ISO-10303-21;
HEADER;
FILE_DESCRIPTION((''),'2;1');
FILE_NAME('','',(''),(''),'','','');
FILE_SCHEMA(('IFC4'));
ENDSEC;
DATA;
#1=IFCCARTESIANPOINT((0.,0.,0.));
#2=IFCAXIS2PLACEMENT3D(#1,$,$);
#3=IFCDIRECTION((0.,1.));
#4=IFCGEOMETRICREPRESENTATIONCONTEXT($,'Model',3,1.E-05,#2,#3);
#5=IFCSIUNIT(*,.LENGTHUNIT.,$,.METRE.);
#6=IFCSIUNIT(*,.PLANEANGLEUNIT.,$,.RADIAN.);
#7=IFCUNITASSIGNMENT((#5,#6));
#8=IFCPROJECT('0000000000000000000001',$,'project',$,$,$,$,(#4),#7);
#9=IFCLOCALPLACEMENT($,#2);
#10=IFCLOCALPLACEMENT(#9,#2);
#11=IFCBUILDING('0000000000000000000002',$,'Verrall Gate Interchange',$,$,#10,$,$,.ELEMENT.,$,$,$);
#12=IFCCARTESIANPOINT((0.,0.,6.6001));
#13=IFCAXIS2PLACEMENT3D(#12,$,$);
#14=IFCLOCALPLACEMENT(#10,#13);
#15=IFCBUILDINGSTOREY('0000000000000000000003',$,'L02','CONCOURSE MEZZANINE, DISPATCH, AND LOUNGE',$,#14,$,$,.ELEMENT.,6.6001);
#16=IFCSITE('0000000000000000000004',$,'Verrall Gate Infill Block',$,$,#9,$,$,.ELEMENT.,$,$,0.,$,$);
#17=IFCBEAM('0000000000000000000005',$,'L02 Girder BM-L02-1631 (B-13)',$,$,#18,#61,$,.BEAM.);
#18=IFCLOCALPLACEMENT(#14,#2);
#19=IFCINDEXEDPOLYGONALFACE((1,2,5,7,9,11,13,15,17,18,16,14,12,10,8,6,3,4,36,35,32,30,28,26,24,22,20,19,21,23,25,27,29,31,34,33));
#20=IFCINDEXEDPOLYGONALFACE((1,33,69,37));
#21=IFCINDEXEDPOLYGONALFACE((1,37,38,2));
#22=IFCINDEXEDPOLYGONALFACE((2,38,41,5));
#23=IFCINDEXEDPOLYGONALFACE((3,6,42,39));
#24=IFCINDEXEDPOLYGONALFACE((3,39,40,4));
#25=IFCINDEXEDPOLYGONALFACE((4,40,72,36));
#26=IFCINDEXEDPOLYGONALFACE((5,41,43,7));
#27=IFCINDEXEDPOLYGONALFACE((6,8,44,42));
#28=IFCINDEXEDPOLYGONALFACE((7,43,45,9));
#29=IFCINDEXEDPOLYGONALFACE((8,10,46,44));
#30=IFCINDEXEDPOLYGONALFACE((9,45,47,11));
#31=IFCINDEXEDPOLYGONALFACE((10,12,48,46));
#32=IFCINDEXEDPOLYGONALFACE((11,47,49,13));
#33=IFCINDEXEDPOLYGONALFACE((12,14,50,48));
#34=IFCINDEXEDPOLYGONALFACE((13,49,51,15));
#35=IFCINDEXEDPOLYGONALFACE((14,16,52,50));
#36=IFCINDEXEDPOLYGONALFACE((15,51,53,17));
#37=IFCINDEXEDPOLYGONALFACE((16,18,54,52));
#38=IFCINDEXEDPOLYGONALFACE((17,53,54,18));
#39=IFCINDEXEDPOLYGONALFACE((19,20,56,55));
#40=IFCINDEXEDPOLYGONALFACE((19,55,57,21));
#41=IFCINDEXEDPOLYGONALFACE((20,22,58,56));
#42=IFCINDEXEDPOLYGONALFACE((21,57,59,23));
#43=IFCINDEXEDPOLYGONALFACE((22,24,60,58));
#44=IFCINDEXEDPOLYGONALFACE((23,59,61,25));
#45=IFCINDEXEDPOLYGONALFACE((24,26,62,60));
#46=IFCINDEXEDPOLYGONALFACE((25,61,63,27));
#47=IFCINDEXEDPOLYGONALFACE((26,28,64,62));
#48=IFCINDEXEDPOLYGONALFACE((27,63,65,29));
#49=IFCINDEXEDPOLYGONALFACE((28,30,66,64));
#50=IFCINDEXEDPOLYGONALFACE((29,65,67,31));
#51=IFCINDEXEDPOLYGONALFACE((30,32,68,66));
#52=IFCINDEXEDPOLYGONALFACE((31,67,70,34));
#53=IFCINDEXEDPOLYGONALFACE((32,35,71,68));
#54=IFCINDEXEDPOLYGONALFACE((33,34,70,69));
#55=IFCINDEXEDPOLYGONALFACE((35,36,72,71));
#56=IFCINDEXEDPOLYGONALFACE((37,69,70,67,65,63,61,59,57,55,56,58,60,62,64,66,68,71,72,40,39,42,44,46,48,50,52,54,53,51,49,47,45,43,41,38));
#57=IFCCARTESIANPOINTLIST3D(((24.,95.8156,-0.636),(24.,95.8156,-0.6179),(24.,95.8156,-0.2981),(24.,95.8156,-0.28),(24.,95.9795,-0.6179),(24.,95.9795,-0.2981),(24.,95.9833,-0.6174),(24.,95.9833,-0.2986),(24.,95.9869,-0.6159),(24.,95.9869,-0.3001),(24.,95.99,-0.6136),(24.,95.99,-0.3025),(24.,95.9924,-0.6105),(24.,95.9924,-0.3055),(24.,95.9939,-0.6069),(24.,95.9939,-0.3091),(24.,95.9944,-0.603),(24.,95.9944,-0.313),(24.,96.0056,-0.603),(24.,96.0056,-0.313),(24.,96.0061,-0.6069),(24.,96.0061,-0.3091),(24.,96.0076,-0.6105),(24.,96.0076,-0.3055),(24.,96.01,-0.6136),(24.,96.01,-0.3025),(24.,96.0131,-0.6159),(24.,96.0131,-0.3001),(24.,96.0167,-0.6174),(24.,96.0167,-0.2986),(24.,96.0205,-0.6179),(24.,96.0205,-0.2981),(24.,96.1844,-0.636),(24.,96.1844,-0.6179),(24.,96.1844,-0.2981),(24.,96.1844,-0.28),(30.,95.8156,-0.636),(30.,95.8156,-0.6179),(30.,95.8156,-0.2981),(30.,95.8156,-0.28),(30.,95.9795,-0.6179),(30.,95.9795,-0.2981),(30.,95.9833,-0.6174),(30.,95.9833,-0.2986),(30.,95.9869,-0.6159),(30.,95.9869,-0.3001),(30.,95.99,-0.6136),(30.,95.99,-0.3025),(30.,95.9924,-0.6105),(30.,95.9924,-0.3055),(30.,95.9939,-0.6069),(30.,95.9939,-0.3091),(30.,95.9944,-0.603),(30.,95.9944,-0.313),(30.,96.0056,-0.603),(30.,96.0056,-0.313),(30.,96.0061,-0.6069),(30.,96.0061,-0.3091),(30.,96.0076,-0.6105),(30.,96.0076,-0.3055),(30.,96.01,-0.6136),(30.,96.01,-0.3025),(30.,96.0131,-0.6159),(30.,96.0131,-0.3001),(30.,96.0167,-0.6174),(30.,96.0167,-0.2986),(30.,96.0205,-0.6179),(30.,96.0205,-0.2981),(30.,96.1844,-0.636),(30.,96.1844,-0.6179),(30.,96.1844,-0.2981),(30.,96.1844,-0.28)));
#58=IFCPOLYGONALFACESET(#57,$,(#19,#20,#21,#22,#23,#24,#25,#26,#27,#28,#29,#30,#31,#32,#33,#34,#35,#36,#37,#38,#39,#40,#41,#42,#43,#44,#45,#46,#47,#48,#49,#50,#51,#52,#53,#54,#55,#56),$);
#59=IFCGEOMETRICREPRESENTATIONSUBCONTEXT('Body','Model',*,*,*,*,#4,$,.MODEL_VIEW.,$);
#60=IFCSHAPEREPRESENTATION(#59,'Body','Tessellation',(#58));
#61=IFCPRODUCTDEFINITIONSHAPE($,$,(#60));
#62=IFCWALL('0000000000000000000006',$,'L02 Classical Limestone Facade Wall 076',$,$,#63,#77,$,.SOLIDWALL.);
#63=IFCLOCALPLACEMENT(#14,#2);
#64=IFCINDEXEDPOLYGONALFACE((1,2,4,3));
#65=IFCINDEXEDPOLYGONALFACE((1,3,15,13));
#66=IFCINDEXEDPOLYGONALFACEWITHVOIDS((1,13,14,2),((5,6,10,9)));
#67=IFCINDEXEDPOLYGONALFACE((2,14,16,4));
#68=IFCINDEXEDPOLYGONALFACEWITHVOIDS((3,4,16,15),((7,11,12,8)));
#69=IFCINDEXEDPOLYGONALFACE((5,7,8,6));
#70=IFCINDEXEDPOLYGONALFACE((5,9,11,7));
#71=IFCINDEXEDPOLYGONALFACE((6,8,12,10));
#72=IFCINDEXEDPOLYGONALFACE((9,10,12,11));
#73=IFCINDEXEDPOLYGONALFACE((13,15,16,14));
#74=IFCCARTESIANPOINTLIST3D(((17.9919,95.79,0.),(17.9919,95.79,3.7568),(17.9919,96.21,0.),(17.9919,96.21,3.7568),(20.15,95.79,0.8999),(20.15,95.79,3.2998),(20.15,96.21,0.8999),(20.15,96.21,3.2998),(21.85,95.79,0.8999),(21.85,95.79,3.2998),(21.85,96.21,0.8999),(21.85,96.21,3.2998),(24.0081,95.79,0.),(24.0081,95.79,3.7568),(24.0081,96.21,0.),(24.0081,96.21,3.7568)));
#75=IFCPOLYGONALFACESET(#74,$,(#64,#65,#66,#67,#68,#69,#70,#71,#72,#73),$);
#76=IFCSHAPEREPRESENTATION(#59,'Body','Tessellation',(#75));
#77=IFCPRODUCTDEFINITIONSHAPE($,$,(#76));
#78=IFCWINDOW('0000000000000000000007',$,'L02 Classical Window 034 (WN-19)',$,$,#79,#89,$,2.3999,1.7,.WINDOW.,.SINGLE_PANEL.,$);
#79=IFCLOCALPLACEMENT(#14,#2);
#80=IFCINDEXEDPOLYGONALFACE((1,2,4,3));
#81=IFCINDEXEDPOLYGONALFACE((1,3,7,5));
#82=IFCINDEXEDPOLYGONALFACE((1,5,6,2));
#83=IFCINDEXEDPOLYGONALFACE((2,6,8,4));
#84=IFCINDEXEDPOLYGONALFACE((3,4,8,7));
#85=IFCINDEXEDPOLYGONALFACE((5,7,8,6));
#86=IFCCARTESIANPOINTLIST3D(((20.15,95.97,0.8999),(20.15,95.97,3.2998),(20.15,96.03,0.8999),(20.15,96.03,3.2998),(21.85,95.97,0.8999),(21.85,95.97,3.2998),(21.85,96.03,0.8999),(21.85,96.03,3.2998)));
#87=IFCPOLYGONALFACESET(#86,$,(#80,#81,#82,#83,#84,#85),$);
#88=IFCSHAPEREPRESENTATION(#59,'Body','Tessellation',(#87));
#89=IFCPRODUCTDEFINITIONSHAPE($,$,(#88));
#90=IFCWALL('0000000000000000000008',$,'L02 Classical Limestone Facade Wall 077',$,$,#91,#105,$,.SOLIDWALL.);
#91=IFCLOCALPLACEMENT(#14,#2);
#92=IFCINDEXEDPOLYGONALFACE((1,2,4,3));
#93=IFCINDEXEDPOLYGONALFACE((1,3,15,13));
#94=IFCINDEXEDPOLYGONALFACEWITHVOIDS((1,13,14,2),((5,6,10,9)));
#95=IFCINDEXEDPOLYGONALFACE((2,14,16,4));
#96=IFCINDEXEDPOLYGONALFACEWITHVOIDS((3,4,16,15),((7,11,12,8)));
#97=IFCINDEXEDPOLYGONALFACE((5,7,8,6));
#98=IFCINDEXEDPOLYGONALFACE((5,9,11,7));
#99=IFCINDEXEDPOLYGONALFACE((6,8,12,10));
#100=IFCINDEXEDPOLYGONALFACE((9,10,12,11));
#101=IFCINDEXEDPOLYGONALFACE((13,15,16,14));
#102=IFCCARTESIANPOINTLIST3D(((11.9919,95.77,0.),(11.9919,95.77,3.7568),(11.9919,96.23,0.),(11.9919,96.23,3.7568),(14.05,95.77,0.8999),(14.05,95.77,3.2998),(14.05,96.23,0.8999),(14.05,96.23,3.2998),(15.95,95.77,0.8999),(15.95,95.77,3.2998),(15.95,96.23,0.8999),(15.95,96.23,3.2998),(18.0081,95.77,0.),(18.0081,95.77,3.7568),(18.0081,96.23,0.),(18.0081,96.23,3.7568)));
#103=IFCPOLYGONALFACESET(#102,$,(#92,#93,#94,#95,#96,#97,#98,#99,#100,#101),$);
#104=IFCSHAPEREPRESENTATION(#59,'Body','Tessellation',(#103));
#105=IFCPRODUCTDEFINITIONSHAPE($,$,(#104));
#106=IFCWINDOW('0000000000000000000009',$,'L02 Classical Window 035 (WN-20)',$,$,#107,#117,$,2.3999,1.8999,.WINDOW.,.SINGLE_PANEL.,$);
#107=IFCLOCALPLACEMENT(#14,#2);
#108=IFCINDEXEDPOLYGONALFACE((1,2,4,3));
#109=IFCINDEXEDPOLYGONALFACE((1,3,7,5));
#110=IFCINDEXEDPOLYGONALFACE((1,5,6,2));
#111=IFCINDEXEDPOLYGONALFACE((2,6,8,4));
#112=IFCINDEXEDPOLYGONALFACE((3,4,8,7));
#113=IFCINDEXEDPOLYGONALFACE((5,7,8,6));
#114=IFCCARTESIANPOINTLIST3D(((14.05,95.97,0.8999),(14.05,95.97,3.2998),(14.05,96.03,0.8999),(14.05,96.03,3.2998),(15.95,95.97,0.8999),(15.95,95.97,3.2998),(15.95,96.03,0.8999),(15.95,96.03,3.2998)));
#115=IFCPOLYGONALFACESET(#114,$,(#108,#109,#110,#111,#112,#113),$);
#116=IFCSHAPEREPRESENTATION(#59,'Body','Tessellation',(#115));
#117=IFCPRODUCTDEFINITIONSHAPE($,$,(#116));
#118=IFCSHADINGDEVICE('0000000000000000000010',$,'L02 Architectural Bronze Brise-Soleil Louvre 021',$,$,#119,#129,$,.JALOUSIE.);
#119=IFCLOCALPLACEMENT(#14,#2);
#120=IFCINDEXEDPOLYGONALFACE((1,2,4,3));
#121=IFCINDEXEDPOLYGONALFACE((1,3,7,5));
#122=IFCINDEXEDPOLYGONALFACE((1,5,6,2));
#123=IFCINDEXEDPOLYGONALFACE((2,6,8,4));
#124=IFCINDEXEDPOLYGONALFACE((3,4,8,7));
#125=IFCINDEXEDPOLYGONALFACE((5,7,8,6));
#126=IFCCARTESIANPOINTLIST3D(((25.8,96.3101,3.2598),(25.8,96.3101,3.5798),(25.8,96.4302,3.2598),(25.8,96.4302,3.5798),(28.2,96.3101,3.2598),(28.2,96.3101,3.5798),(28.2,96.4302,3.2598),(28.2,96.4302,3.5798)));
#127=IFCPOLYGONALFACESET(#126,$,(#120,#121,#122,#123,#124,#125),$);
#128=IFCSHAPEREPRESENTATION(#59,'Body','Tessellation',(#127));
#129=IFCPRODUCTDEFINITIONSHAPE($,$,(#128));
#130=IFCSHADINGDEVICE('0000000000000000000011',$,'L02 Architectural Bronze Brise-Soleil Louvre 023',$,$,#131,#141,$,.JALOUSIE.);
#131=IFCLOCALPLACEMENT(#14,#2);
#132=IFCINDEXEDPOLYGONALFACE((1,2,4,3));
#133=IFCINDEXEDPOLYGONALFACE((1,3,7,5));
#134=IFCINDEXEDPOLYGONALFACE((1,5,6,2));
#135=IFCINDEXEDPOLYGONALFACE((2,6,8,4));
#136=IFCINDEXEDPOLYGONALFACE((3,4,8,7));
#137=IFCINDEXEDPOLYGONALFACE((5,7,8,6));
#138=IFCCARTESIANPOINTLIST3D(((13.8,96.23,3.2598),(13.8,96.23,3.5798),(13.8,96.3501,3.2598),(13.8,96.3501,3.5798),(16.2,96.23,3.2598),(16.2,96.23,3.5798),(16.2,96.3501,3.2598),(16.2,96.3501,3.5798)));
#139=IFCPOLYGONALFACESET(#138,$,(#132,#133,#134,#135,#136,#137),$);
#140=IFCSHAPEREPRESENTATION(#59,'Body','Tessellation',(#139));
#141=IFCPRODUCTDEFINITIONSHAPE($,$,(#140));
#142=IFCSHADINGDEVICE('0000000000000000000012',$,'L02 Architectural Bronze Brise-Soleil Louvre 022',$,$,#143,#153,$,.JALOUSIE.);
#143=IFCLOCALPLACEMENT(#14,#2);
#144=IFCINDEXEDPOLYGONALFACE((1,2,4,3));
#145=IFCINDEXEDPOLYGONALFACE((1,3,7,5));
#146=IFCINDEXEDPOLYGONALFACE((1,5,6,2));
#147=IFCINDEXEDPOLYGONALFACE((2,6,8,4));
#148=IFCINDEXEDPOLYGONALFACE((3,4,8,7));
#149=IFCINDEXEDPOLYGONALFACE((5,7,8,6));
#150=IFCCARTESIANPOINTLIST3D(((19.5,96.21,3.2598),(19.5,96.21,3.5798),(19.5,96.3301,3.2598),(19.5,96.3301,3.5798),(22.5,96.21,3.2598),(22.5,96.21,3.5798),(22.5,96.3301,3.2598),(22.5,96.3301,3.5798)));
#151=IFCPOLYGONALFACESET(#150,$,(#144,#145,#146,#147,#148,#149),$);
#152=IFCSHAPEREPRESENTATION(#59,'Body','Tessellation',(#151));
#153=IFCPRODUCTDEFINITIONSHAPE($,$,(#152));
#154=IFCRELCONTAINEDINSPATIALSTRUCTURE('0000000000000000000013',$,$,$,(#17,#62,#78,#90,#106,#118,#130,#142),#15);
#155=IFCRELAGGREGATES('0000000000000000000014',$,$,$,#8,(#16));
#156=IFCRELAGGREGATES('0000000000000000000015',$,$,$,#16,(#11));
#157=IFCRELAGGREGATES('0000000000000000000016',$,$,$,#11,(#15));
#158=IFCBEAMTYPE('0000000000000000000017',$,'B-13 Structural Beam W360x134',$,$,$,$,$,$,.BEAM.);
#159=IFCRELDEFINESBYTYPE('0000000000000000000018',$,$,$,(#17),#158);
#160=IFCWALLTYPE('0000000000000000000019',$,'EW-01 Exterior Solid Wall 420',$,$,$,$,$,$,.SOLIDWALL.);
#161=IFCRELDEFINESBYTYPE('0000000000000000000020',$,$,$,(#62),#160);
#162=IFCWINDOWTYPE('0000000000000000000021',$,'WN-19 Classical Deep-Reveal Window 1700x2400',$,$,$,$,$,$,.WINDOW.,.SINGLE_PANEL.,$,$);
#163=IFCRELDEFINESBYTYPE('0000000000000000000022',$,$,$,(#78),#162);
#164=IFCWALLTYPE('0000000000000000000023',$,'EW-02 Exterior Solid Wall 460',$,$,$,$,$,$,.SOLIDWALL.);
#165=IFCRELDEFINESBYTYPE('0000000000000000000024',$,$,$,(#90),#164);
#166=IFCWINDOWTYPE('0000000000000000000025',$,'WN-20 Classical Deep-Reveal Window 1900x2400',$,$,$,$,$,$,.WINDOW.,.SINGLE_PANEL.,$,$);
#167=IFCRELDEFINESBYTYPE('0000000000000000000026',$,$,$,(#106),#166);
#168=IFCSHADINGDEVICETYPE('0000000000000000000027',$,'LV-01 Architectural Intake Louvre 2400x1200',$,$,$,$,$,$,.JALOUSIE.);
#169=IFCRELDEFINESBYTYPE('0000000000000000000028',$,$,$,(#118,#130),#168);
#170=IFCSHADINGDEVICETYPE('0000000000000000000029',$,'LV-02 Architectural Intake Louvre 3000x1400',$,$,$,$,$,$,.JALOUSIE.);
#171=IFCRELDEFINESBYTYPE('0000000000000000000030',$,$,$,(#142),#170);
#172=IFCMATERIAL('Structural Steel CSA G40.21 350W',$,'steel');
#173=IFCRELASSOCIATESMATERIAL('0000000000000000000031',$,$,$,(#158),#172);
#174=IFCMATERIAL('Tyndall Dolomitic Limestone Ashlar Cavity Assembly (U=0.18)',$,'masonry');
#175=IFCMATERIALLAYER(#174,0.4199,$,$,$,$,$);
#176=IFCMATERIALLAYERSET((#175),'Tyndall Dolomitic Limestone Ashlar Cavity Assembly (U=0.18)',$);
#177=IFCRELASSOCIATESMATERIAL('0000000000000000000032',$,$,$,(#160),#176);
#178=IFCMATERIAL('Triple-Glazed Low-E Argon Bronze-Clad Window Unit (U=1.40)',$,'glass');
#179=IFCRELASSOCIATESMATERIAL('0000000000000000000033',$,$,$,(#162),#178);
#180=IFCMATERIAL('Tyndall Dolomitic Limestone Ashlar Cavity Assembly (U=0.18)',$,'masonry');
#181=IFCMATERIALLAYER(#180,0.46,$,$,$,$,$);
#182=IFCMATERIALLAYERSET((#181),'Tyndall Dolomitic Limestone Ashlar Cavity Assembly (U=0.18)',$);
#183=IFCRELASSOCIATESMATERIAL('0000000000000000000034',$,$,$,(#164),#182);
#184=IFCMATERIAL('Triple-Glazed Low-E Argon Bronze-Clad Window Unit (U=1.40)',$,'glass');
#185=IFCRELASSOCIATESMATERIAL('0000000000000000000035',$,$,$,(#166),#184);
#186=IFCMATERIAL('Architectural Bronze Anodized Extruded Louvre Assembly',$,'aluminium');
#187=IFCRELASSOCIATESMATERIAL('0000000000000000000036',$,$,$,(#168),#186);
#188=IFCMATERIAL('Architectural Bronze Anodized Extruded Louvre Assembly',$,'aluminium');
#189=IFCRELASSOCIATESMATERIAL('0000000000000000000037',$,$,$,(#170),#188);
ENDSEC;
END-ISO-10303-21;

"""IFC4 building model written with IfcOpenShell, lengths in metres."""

from ifc_helpers import new_model, si_unit, direction, frame, frame_2d, origin, origin_2d, place, context, subcontext, project, spatial, rectangle, i_section, extrude, material, layer, layer_set, material_profile, profile_set, type_object, element, fill, save


model = new_model("IFC4")

# Units and contexts
model_context = context("Model", 3, precision=1e-05, world=origin(), true_north=direction((0.0, 1.0)))
body_context = subcontext(model_context, "Body", "Model", "MODEL_VIEW")
ifc_project = project(units=[si_unit("LENGTHUNIT", "METRE"), si_unit("PLANEANGLEUNIT", "RADIAN")], contexts=[model_context])

# Site, building, storey
site_placement = place(None, origin())
site = spatial("IfcSite", under=ifc_project, at=site_placement, Name="Verrall Gate Infill Block", CompositionType="ELEMENT", RefElevation=0.0)
building_placement = place(site_placement, origin())
building = spatial("IfcBuilding", under=site, at=building_placement, Name="Verrall Gate Interchange", CompositionType="ELEMENT")
storey_placement = place(building_placement, frame((0.0, 0.0, 6.6001)))
storey = spatial("IfcBuildingStorey", under=building, at=storey_placement, Name="L02", Description="CONCOURSE MEZZANINE, DISPATCH, AND LOUNGE", CompositionType="ELEMENT", Elevation=6.6001)

# Beam
ifc_material_1 = material(Name="Structural Steel CSA G40.21 350W", Category="steel")
ifc_material_profile_1 = material_profile(ifc_material_1, i_section(OverallWidth=0.3689, OverallDepth=0.356, WebThickness=0.0112, FlangeThickness=0.0181, FilletRadius=0.0149, at=origin_2d()), Name="W360x134")
ifc_profile_set_1 = profile_set([ifc_material_profile_1], Name="Structural Steel CSA G40.21 350W")
beam_type_1 = type_object("IfcBeamType", Name="B-13 Structural Beam W360x134", PredefinedType="BEAM", material=ifc_profile_set_1)
beam_1_placement = place(storey_placement, frame((24.0, 96.0, -0.458), z_axis=(1.0, 0.0, 0.0), x_axis=(0.0, 1.0, 0.0)))
element("IfcBeam", 1, at=beam_1_placement, inside=storey, type_object=beam_type_1, Name="L02 Girder BM-L02-1631 (B-13)", PredefinedType="BEAM", context=body_context, shape_type="SweptSolid", body=[
    extrude(i_section(OverallWidth=0.3689, OverallDepth=0.356, WebThickness=0.0112, FlangeThickness=0.0181, FilletRadius=0.0149, at=origin_2d()), origin(), (0.0, 0.0, 1.0), 6.0),
])

# Walls, openings, windows
ifc_material_2 = material(Name="Tyndall Dolomitic Limestone Ashlar Cavity Assembly (U=0.18)", Category="masonry")
ifc_layer_1 = layer(ifc_material_2, 0.4199)
ifc_layer_set_1 = layer_set([ifc_layer_1], Name="Tyndall Dolomitic Limestone Ashlar Cavity Assembly (U=0.18)")
wall_type_1 = type_object("IfcWallType", Name="EW-01 Exterior Solid Wall 420", PredefinedType="SOLIDWALL", material=ifc_layer_set_1)
wall_1_placement = place(storey_placement, frame((24.0081, 96.0, 0.0), z_axis=(0.0, 0.0, 1.0), x_axis=(-1.0, 0.0, 0.0)))
wall_1 = element("IfcWall", 2, at=wall_1_placement, inside=storey, type_object=wall_type_1, Name="L02 Classical Limestone Facade Wall 076", PredefinedType="SOLIDWALL", context=body_context, shape_type="SweptSolid", body=[
    extrude(rectangle(XDim=6.0161, YDim=0.4199, at=frame_2d((3.0081, 0.0))), origin(), (0.0, 0.0, 1.0), 3.7568),
])
opening_1_placement = place(wall_1_placement, frame((2.158, 0.0, 0.8999)))
opening_1 = element("IfcOpeningElement", 3, at=opening_1_placement, cuts=wall_1, PredefinedType="OPENING", context=body_context, shape_type="SweptSolid", body=[
    extrude(rectangle(XDim=1.7, YDim=2.3999, at=frame_2d((0.8501, 1.2))), frame((0.0, 0.2249, 0.0), z_axis=(0.0, -1.0, 0.0), x_axis=(1.0, 0.0, 0.0)), (0.0, 0.0, 1.0), 0.4497),
])
ifc_material_3 = material(Name="Triple-Glazed Low-E Argon Bronze-Clad Window Unit (U=1.40)", Category="glass")
window_type_1 = type_object("IfcWindowType", Name="WN-19 Classical Deep-Reveal Window 1700x2400", PartitioningType="SINGLE_PANEL", PredefinedType="WINDOW", material=ifc_material_3)
window_1_placement = place(opening_1_placement, origin())
window_1 = element("IfcWindow", 4, at=window_1_placement, inside=storey, type_object=window_type_1, Name="L02 Classical Window 034 (WN-19)", OverallHeight=2.3999, OverallWidth=1.7, PartitioningType="SINGLE_PANEL", PredefinedType="WINDOW", context=body_context, shape_type="SweptSolid", body=[
    extrude(rectangle(XDim=1.7, YDim=2.3999, at=frame_2d((0.8501, 1.2))), frame((0.0, 0.03, 0.0), z_axis=(0.0, -1.0, 0.0), x_axis=(1.0, 0.0, 0.0)), (0.0, 0.0, 1.0), 0.0601),
])
fill(opening_1, window_1)
ifc_material_4 = material(Name="Tyndall Dolomitic Limestone Ashlar Cavity Assembly (U=0.18)", Category="masonry")
ifc_layer_2 = layer(ifc_material_4, 0.46)
ifc_layer_set_2 = layer_set([ifc_layer_2], Name="Tyndall Dolomitic Limestone Ashlar Cavity Assembly (U=0.18)")
wall_type_2 = type_object("IfcWallType", Name="EW-02 Exterior Solid Wall 460", PredefinedType="SOLIDWALL", material=ifc_layer_set_2)
wall_2_placement = place(storey_placement, frame((18.0081, 96.0, 0.0), z_axis=(0.0, 0.0, 1.0), x_axis=(-1.0, 0.0, 0.0)))
wall_2 = element("IfcWall", 5, at=wall_2_placement, inside=storey, type_object=wall_type_2, Name="L02 Classical Limestone Facade Wall 077", PredefinedType="SOLIDWALL", context=body_context, shape_type="SweptSolid", body=[
    extrude(rectangle(XDim=6.0161, YDim=0.46, at=frame_2d((3.0081, 0.0))), origin(), (0.0, 0.0, 1.0), 3.7568),
])
opening_2_placement = place(wall_2_placement, frame((2.0581, 0.0, 0.8999)))
opening_2 = element("IfcOpeningElement", 6, at=opening_2_placement, cuts=wall_2, PredefinedType="OPENING", context=body_context, shape_type="SweptSolid", body=[
    extrude(rectangle(XDim=1.8999, YDim=2.3999, at=frame_2d((0.95, 1.2))), frame((0.0, 0.2449, 0.0), z_axis=(0.0, -1.0, 0.0), x_axis=(1.0, 0.0, 0.0)), (0.0, 0.0, 1.0), 0.4897),
])
ifc_material_5 = material(Name="Triple-Glazed Low-E Argon Bronze-Clad Window Unit (U=1.40)", Category="glass")
window_type_2 = type_object("IfcWindowType", Name="WN-20 Classical Deep-Reveal Window 1900x2400", PartitioningType="SINGLE_PANEL", PredefinedType="WINDOW", material=ifc_material_5)
window_2_placement = place(opening_2_placement, origin())
window_2 = element("IfcWindow", 7, at=window_2_placement, inside=storey, type_object=window_type_2, Name="L02 Classical Window 035 (WN-20)", OverallHeight=2.3999, OverallWidth=1.8999, PartitioningType="SINGLE_PANEL", PredefinedType="WINDOW", context=body_context, shape_type="SweptSolid", body=[
    extrude(rectangle(XDim=1.8999, YDim=2.3999, at=frame_2d((0.95, 1.2))), frame((0.0, 0.03, 0.0), z_axis=(0.0, -1.0, 0.0), x_axis=(1.0, 0.0, 0.0)), (0.0, 0.0, 1.0), 0.0601),
])
fill(opening_2, window_2)

# Shading devices
ifc_material_6 = material(Name="Architectural Bronze Anodized Extruded Louvre Assembly", Category="aluminium")
shading_device_type_1 = type_object("IfcShadingDeviceType", Name="LV-01 Architectural Intake Louvre 2400x1200", PredefinedType="JALOUSIE", material=ifc_material_6)
for number, where, z_axis, x_axis, name in (
    (8, (27.0, 96.3701, 3.2598), (0.0, 0.0, 1.0), (-1.0, 0.0, 0.0), "L02 Architectural Bronze Brise-Soleil Louvre 021"),
    (9, (15.0, 96.29, 3.2598), (0.0, 0.0, 1.0), (-1.0, 0.0, 0.0), "L02 Architectural Bronze Brise-Soleil Louvre 023"),
):
    element("IfcShadingDevice", number, at=place(storey_placement, frame(where, z_axis=z_axis, x_axis=x_axis)), inside=storey, type_object=shading_device_type_1, Name=name, PredefinedType="JALOUSIE", context=body_context, shape_type="SweptSolid", body=[
        extrude(rectangle(XDim=2.3999, YDim=0.1201, at=origin_2d()), origin(), (0.0, 0.0, 1.0), 0.3201),
    ])
ifc_material_7 = material(Name="Architectural Bronze Anodized Extruded Louvre Assembly", Category="aluminium")
shading_device_type_2 = type_object("IfcShadingDeviceType", Name="LV-02 Architectural Intake Louvre 3000x1400", PredefinedType="JALOUSIE", material=ifc_material_7)
shading_device_placement = place(storey_placement, frame((21.0, 96.27, 3.2598), z_axis=(0.0, 0.0, 1.0), x_axis=(-1.0, 0.0, 0.0)))
element("IfcShadingDevice", 10, at=shading_device_placement, inside=storey, type_object=shading_device_type_2, Name="L02 Architectural Bronze Brise-Soleil Louvre 022", PredefinedType="JALOUSIE", context=body_context, shape_type="SweptSolid", body=[
    extrude(rectangle(XDim=3.0, YDim=0.1201, at=origin_2d()), origin(), (0.0, 0.0, 1.0), 0.3201),
])

save(model, "model.ifc")
